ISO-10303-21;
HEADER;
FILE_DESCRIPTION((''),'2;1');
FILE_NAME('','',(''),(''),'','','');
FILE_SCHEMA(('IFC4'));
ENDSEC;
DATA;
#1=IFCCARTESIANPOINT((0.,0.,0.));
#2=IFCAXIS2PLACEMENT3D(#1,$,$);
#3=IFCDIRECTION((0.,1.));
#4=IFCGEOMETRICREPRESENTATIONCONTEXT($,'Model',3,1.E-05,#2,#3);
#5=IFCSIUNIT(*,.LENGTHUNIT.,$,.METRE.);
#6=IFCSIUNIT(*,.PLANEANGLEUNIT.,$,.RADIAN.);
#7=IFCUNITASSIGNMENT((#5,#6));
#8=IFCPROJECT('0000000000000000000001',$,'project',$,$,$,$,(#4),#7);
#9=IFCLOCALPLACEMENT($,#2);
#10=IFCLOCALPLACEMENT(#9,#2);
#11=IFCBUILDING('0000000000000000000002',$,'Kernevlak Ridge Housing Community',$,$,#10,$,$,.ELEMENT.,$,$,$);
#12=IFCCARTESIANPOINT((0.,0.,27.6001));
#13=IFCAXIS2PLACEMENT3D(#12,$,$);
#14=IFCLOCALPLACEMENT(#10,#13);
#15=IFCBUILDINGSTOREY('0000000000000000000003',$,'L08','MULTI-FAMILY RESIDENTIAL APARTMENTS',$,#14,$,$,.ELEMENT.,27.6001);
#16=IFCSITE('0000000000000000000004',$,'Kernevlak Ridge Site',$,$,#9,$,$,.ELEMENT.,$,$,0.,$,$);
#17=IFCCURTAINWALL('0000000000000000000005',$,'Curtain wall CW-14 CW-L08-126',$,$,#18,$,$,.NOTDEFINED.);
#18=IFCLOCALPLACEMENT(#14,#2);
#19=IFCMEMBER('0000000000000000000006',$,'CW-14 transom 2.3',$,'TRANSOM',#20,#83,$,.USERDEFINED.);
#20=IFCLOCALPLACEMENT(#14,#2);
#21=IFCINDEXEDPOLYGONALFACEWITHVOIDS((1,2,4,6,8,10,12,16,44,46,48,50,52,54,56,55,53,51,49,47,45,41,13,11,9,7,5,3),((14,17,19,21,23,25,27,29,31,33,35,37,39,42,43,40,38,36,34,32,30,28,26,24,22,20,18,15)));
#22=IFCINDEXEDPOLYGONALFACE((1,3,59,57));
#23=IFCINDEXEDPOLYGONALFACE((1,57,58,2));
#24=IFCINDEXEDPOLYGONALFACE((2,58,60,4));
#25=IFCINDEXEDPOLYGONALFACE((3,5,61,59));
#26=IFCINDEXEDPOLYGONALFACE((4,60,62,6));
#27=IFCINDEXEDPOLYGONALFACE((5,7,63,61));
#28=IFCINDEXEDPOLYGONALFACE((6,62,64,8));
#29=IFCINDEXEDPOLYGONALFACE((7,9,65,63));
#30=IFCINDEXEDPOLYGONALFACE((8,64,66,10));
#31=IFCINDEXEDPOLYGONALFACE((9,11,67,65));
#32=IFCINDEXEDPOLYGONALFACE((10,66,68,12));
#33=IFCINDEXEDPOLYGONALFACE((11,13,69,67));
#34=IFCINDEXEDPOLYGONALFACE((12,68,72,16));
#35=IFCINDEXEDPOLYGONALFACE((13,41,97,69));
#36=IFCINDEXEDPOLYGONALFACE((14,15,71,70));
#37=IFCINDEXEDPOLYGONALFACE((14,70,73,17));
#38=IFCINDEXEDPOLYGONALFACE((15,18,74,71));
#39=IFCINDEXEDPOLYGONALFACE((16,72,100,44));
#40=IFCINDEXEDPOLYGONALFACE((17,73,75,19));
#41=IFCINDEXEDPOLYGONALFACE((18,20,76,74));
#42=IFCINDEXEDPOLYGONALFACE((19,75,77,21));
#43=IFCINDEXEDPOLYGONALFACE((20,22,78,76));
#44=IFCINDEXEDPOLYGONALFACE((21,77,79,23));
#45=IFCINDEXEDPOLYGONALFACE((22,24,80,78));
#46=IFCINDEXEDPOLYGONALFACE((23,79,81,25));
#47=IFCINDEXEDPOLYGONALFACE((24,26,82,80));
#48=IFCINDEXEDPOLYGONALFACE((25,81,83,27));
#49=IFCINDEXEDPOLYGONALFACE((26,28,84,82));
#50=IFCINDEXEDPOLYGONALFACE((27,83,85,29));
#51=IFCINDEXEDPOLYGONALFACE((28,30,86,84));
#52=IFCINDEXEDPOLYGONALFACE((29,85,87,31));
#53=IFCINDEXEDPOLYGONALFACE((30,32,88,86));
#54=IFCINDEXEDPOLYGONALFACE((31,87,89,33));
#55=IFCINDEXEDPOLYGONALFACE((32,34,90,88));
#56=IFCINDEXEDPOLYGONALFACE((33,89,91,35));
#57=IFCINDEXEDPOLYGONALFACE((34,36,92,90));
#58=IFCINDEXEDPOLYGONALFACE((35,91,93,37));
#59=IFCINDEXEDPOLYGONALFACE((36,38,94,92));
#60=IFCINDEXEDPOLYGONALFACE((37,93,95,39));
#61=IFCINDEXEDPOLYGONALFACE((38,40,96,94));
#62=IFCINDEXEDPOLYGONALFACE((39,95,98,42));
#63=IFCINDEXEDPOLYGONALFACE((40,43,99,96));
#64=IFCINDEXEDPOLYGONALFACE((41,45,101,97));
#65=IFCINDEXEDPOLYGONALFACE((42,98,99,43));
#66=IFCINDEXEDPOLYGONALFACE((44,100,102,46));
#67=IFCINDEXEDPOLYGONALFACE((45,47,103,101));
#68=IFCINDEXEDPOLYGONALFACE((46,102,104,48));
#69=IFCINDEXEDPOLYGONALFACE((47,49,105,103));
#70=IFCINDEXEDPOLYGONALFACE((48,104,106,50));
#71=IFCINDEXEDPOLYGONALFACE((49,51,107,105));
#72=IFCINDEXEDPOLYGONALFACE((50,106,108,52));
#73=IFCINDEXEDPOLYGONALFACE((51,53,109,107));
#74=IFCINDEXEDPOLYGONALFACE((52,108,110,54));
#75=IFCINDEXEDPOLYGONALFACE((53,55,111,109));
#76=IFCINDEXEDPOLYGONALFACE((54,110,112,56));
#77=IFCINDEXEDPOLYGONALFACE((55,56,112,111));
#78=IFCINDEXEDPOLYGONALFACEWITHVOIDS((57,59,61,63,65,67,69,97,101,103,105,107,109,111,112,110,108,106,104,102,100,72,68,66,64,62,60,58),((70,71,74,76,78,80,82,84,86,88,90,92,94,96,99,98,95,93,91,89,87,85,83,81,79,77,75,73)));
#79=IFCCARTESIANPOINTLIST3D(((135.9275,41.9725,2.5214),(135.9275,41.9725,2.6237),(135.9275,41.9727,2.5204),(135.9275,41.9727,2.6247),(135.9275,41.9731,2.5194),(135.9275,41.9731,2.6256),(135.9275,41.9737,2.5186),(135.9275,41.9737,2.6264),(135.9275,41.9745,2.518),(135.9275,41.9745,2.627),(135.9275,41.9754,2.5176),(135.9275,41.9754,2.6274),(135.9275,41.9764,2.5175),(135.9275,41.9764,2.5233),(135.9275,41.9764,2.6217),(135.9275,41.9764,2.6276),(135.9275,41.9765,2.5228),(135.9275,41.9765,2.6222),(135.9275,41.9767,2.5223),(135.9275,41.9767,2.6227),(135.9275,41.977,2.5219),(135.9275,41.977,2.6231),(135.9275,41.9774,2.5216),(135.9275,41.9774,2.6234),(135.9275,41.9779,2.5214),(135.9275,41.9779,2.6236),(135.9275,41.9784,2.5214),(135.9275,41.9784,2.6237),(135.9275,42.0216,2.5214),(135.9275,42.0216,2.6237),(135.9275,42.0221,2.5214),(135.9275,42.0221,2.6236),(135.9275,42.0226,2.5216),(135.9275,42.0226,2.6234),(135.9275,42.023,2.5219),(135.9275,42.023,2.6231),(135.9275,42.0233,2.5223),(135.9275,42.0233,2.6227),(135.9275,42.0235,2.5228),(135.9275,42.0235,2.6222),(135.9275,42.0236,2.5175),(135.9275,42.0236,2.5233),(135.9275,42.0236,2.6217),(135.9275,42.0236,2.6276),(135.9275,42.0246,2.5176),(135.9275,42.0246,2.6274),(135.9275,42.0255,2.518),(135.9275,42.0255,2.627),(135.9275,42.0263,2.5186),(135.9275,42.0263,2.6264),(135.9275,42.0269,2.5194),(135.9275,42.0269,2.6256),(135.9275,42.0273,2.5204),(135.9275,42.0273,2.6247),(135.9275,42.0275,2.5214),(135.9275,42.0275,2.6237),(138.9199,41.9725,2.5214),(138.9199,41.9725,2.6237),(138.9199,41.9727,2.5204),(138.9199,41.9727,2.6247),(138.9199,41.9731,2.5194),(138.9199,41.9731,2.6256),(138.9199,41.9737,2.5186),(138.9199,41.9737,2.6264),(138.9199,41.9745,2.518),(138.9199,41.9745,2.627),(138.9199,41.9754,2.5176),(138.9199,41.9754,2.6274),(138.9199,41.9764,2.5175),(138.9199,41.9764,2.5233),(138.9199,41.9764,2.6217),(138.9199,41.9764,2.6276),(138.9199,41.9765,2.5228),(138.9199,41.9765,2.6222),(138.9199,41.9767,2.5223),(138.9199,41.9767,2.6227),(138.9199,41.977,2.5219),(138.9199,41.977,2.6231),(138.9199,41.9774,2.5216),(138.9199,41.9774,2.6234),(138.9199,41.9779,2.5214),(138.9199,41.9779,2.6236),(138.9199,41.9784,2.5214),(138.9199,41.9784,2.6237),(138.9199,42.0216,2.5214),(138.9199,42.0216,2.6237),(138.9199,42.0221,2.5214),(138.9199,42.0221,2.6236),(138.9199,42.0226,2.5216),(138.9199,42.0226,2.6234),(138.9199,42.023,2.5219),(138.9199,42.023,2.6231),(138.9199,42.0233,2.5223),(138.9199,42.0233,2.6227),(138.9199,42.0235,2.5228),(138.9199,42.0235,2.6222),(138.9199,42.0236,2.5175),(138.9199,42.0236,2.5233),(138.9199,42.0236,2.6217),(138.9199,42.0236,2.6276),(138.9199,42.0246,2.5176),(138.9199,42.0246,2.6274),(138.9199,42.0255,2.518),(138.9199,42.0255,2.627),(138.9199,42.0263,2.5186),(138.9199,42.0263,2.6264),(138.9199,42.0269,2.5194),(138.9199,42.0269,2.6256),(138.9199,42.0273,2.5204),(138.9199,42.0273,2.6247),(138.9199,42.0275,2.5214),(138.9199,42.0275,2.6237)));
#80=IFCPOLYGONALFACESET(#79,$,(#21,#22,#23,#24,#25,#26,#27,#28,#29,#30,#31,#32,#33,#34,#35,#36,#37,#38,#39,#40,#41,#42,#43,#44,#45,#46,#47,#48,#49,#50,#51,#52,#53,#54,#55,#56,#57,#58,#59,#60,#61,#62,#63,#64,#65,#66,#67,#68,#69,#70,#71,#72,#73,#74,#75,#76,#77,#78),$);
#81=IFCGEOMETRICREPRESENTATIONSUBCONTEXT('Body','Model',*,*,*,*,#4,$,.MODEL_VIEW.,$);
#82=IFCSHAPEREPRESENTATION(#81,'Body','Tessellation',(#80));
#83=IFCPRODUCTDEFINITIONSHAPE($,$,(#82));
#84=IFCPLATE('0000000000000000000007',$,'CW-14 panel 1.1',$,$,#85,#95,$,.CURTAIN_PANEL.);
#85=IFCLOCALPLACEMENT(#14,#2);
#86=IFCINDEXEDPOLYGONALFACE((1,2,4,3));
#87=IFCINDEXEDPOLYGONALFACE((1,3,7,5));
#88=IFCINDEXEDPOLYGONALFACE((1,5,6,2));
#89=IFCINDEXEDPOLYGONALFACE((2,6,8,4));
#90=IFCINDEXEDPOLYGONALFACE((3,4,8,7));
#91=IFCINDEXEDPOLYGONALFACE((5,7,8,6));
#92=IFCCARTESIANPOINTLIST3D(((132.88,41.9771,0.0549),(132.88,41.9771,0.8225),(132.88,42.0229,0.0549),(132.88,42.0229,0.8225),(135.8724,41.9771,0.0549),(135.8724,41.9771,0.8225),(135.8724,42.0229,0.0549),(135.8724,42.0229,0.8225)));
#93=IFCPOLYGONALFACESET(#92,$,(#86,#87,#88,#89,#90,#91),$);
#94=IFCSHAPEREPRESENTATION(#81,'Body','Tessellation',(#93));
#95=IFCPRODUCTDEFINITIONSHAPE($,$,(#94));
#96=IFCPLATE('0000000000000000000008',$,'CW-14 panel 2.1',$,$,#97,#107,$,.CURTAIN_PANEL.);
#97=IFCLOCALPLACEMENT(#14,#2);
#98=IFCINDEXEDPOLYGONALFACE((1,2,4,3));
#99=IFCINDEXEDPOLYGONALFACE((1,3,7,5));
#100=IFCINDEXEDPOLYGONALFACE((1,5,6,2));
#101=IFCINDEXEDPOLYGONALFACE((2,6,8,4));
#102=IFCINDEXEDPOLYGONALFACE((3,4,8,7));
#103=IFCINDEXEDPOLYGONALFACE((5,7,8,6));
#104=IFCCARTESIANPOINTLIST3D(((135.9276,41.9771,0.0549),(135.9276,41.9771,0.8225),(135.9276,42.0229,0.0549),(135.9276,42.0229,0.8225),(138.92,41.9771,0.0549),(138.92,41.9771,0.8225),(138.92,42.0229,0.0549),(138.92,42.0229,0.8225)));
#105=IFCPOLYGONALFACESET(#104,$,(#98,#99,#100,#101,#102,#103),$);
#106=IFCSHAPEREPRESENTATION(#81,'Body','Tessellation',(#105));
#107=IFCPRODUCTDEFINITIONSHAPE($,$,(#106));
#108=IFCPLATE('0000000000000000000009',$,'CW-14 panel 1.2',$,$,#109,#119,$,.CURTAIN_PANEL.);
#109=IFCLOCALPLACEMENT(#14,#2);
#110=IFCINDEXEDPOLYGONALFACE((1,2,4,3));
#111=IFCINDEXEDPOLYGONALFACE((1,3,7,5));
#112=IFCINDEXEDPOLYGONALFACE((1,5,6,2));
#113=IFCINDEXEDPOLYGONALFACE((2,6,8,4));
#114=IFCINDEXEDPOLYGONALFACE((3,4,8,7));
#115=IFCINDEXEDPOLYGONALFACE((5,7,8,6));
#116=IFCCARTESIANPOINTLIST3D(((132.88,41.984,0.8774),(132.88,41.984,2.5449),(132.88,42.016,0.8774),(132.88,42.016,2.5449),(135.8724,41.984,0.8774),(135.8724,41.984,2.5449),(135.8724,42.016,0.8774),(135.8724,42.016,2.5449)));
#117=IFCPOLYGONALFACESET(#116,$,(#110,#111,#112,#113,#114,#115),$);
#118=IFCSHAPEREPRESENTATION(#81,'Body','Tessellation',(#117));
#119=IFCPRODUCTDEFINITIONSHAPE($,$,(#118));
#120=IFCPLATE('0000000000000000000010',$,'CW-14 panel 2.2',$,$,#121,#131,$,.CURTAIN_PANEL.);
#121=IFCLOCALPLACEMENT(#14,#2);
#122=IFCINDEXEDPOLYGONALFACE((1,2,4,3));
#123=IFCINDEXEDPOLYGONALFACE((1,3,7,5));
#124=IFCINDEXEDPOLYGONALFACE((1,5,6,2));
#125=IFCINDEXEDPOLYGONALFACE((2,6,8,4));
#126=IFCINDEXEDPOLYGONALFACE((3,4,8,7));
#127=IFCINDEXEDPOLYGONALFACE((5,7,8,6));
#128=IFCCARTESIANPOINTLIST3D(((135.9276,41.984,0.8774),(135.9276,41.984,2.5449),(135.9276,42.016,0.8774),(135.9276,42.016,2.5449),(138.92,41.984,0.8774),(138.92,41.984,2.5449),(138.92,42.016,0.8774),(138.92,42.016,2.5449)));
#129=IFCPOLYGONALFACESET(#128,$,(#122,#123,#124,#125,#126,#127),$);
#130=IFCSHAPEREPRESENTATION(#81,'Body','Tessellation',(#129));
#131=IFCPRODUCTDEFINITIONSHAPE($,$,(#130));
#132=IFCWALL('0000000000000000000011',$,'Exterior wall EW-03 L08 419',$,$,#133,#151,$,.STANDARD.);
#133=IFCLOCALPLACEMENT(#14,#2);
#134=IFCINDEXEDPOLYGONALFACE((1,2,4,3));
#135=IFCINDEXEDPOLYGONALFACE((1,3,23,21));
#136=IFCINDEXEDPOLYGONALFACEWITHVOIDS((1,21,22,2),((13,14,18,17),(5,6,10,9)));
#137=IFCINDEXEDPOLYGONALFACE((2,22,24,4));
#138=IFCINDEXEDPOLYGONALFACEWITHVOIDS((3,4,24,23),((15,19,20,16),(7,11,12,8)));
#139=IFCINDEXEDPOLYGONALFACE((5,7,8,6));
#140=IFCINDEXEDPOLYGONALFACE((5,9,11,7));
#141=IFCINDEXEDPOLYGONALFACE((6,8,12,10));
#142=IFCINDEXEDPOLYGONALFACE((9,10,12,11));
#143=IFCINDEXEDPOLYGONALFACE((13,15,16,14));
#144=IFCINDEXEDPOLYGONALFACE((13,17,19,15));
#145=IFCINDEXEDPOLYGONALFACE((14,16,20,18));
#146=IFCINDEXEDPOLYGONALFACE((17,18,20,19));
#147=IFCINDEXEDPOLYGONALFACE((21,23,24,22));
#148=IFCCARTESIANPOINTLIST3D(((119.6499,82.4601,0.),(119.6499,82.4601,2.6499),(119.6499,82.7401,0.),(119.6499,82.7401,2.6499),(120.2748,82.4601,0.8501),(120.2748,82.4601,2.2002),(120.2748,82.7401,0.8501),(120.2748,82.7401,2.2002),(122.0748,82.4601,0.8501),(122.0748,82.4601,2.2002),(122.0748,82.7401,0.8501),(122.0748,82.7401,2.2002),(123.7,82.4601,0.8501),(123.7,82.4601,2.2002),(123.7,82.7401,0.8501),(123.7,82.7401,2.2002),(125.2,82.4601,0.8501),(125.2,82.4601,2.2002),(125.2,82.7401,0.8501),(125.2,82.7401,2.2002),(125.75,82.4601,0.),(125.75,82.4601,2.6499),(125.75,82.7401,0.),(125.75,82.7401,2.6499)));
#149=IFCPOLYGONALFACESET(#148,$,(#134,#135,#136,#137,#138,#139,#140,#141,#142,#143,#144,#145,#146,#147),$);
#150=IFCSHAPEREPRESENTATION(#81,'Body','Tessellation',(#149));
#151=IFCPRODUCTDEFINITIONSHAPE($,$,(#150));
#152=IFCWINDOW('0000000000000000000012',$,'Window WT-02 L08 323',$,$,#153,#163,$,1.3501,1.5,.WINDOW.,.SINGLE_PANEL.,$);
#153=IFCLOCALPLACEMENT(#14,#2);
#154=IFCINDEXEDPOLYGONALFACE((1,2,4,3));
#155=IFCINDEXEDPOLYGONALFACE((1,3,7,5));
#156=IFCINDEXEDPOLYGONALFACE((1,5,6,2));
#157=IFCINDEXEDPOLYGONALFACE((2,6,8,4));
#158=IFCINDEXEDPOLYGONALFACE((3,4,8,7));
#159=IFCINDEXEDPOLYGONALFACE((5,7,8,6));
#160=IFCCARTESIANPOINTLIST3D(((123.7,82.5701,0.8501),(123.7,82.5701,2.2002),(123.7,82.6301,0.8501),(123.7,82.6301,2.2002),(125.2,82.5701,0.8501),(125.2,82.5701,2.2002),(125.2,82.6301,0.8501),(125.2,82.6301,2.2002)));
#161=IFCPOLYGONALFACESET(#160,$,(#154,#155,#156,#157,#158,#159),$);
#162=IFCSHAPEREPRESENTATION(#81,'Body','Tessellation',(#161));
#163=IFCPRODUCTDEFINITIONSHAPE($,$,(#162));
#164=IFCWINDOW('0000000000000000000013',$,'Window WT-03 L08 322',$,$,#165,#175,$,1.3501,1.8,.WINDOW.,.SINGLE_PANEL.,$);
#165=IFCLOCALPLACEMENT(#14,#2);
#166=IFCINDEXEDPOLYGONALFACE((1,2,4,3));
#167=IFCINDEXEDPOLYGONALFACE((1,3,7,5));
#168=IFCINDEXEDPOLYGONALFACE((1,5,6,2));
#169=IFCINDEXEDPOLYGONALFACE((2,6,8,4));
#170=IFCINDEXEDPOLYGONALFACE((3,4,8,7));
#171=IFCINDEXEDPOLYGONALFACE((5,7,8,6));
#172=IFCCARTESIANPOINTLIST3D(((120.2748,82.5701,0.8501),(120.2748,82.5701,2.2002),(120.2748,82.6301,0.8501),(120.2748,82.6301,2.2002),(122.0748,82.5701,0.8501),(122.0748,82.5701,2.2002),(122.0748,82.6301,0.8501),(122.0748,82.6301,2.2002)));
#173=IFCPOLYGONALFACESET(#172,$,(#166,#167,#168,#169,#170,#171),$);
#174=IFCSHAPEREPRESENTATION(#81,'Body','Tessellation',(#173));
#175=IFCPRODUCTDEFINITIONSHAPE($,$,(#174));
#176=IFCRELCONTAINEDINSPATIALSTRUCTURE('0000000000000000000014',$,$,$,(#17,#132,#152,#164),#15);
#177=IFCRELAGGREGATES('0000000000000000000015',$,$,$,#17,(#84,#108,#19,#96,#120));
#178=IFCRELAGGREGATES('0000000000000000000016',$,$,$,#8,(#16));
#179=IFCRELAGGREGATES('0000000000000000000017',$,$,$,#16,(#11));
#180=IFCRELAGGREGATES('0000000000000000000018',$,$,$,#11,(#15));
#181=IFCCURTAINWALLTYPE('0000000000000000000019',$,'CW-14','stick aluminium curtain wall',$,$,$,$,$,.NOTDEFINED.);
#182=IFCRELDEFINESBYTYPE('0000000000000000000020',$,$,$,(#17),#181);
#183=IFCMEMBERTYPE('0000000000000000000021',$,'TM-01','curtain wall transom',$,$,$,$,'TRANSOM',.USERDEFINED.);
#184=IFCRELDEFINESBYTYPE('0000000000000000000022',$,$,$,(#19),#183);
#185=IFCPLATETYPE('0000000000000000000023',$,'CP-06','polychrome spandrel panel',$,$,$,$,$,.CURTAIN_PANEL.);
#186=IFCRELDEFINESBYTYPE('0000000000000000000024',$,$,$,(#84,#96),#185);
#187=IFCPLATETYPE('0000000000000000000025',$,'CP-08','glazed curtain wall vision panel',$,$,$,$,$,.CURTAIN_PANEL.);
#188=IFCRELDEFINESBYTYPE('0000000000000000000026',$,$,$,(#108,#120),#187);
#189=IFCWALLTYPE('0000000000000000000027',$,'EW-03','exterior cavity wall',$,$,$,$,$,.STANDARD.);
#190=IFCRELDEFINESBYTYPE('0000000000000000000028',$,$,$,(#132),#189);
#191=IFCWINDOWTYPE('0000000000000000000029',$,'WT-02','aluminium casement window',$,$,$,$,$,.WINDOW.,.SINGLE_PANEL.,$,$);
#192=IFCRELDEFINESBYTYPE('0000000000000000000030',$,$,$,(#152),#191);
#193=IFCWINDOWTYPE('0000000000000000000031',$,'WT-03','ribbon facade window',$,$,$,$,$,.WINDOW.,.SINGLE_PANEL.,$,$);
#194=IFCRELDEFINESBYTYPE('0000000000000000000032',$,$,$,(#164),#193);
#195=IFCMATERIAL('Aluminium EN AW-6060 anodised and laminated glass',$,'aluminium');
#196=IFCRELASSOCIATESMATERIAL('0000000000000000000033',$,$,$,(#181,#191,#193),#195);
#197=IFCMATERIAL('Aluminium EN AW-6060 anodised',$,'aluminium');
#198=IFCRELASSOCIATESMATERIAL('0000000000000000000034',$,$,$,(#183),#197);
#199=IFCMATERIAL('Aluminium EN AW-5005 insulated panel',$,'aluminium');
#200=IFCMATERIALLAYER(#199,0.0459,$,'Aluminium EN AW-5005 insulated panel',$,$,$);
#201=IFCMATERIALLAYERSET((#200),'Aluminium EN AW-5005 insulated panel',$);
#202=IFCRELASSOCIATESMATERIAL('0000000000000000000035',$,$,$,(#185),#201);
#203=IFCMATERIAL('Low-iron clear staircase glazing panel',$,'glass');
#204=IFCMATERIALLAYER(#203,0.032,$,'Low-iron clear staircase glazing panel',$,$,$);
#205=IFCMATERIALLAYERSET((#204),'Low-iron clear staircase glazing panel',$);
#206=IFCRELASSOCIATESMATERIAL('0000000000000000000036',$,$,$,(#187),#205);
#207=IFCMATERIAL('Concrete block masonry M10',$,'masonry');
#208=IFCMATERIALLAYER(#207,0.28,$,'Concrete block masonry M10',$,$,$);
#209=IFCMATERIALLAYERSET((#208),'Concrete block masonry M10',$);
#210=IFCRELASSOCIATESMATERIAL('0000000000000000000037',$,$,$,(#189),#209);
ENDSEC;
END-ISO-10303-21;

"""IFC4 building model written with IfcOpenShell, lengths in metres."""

from ifc_helpers import new_model, si_unit, direction, frame, frame_2d, origin, origin_2d, place, context, subcontext, project, spatial, rectangle, hollow_rectangle, extrude, material, layer, layer_set, material_profile, profile_set, type_object, element, fill, aggregate, save


model = new_model("IFC4")

# Units and contexts
model_context = context("Model", 3, precision=1e-05, world=origin(), true_north=direction((0.0, 1.0)))
body_context = subcontext(model_context, "Body", "Model", "MODEL_VIEW")
ifc_project = project(units=[si_unit("LENGTHUNIT", "METRE"), si_unit("PLANEANGLEUNIT", "RADIAN")], contexts=[model_context])

# Site, building, storey
site_placement = place(None, origin())
site = spatial("IfcSite", under=ifc_project, at=site_placement, Name="Kernevlak Ridge Site", CompositionType="ELEMENT", RefElevation=0.0)
building_placement = place(site_placement, origin())
building = spatial("IfcBuilding", under=site, at=building_placement, Name="Kernevlak Ridge Housing Community", CompositionType="ELEMENT")
storey_placement = place(building_placement, frame((0.0, 0.0, 27.6001)))
storey = spatial("IfcBuildingStorey", under=building, at=storey_placement, Name="L08", Description="MULTI-FAMILY RESIDENTIAL APARTMENTS", CompositionType="ELEMENT", Elevation=27.6001)

# Curtain wall
ifc_material_1 = material(Name="Aluminium EN AW-6060 anodised and laminated glass", Category="aluminium")
curtain_wall_type = type_object("IfcCurtainWallType", Name="CW-14", Description="stick aluminium curtain wall", PredefinedType="NOTDEFINED", material=ifc_material_1)
curtain_wall_placement = place(storey_placement, origin())
curtain_wall = element("IfcCurtainWall", 1, at=curtain_wall_placement, inside=storey, type_object=curtain_wall_type, Name="Curtain wall CW-14 CW-L08-126", PredefinedType="NOTDEFINED")
ifc_material_2 = material(Name="Aluminium EN AW-6060 anodised", Category="aluminium")

# Member
ifc_material_profile_1 = material_profile(ifc_material_2, hollow_rectangle(XDim=0.0549, YDim=0.1101, WallThickness=0.0039, InnerFilletRadius=0.002, OuterFilletRadius=0.0039, at=origin_2d()), Name="ALU 55x110x4")
ifc_profile_set_1 = profile_set([ifc_material_profile_1], Name="Aluminium EN AW-6060 anodised")
member_type_1 = type_object("IfcMemberType", Name="TM-01", Description="curtain wall transom", ElementType="TRANSOM", PredefinedType="USERDEFINED", material=ifc_profile_set_1)
member_1_placement = place(storey_placement, frame((135.9275, 42.0, 2.5725), z_axis=(1.0, 0.0, 0.0), x_axis=(0.0, 1.0, 0.0)))
member_1 = element("IfcMember", 2, at=member_1_placement, type_object=member_type_1, Name="CW-14 transom 2.3", ObjectType="TRANSOM", PredefinedType="USERDEFINED", context=body_context, shape_type="SweptSolid", body=[
    extrude(hollow_rectangle(XDim=0.0549, YDim=0.1101, WallThickness=0.0039, InnerFilletRadius=0.002, OuterFilletRadius=0.0039, at=origin_2d()), origin(), (0.0, 0.0, 1.0), 2.9924),
])

# Plates
ifc_material_3 = material(Name="Aluminium EN AW-5005 insulated panel", Category="aluminium")
ifc_layer_1 = layer(ifc_material_3, 0.0459, Name="Aluminium EN AW-5005 insulated panel")
ifc_layer_set_1 = layer_set([ifc_layer_1], Name="Aluminium EN AW-5005 insulated panel")
plate_type_1 = type_object("IfcPlateType", Name="CP-06", Description="polychrome spandrel panel", PredefinedType="CURTAIN_PANEL", material=ifc_layer_set_1)
plate_1_placement = place(storey_placement, frame((134.3762, 42.0, 0.0549), z_axis=(0.0, 0.0, 1.0), x_axis=(1.0, 0.0, 0.0)))
plate_1 = element("IfcPlate", 3, at=plate_1_placement, type_object=plate_type_1, Name="CW-14 panel 1.1", PredefinedType="CURTAIN_PANEL", context=body_context, shape_type="SweptSolid", body=[
    extrude(rectangle(XDim=2.9924, YDim=0.0459, at=origin_2d()), origin(), (0.0, 0.0, 1.0), 0.7676),
])
plate_2_placement = place(storey_placement, frame((137.4238, 42.0, 0.0549), z_axis=(0.0, 0.0, 1.0), x_axis=(1.0, 0.0, 0.0)))
plate_2 = element("IfcPlate", 4, at=plate_2_placement, type_object=plate_type_1, Name="CW-14 panel 2.1", PredefinedType="CURTAIN_PANEL", context=body_context, shape_type="SweptSolid", body=[
    extrude(rectangle(XDim=2.9924, YDim=0.0459, at=origin_2d()), origin(), (0.0, 0.0, 1.0), 0.7676),
])
ifc_material_4 = material(Name="Low-iron clear staircase glazing panel", Category="glass")
ifc_layer_2 = layer(ifc_material_4, 0.032, Name="Low-iron clear staircase glazing panel")
ifc_layer_set_2 = layer_set([ifc_layer_2], Name="Low-iron clear staircase glazing panel")
plate_type_2 = type_object("IfcPlateType", Name="CP-08", Description="glazed curtain wall vision panel", PredefinedType="CURTAIN_PANEL", material=ifc_layer_set_2)
plate_3_placement = place(storey_placement, frame((134.3762, 42.0, 0.8774), z_axis=(0.0, 0.0, 1.0), x_axis=(1.0, 0.0, 0.0)))
plate_3 = element("IfcPlate", 5, at=plate_3_placement, type_object=plate_type_2, Name="CW-14 panel 1.2", PredefinedType="CURTAIN_PANEL", context=body_context, shape_type="SweptSolid", body=[
    extrude(rectangle(XDim=2.9924, YDim=0.032, at=origin_2d()), origin(), (0.0, 0.0, 1.0), 1.6675),
])
plate_4_placement = place(storey_placement, frame((137.4238, 42.0, 0.8774), z_axis=(0.0, 0.0, 1.0), x_axis=(1.0, 0.0, 0.0)))
plate_4 = element("IfcPlate", 6, at=plate_4_placement, type_object=plate_type_2, Name="CW-14 panel 2.2", PredefinedType="CURTAIN_PANEL", context=body_context, shape_type="SweptSolid", body=[
    extrude(rectangle(XDim=2.9924, YDim=0.032, at=origin_2d()), origin(), (0.0, 0.0, 1.0), 1.6675),
])
aggregate(curtain_wall, [plate_1, plate_3, member_1, plate_2, plate_4])

# Wall, openings, windows
ifc_material_5 = material(Name="Concrete block masonry M10", Category="masonry")
ifc_layer_3 = layer(ifc_material_5, 0.28, Name="Concrete block masonry M10")
ifc_layer_set_3 = layer_set([ifc_layer_3], Name="Concrete block masonry M10")
wall_type = type_object("IfcWallType", Name="EW-03", Description="exterior cavity wall", PredefinedType="STANDARD", material=ifc_layer_set_3)
wall_1_placement = place(storey_placement, frame((119.6499, 82.6001, 0.0), z_axis=(0.0, 0.0, 1.0), x_axis=(1.0, 0.0, 0.0)))
wall_1 = element("IfcWall", 7, at=wall_1_placement, inside=storey, type_object=wall_type, Name="Exterior wall EW-03 L08 419", PredefinedType="STANDARD", context=body_context, shape_type="SweptSolid", body=[
    extrude(rectangle(XDim=6.1001, YDim=0.28, at=frame_2d((3.05, 0.0))), origin(), (0.0, 0.0, 1.0), 2.6499),
])
opening_1_placement = place(wall_1_placement, frame((0.625, 0.0, 0.8501)))
opening_1 = element("IfcOpeningElement", 8, at=opening_1_placement, cuts=wall_1, PredefinedType="OPENING", context=body_context, shape_type="SweptSolid", body=[
    extrude(rectangle(XDim=1.8, YDim=1.3501, at=frame_2d((0.8999, 0.675))), frame((0.0, 0.1499, 0.0), z_axis=(0.0, -1.0, 0.0), x_axis=(1.0, 0.0, 0.0)), (0.0, 0.0, 1.0), 0.3),
])
opening_2_placement = place(wall_1_placement, frame((4.05, 0.0, 0.8501)))
opening_2 = element("IfcOpeningElement", 9, at=opening_2_placement, cuts=wall_1, PredefinedType="OPENING", context=body_context, shape_type="SweptSolid", body=[
    extrude(rectangle(XDim=1.5, YDim=1.3501, at=frame_2d((0.75, 0.675))), frame((0.0, 0.1499, 0.0), z_axis=(0.0, -1.0, 0.0), x_axis=(1.0, 0.0, 0.0)), (0.0, 0.0, 1.0), 0.3),
])
window_type_1 = type_object("IfcWindowType", Name="WT-02", Description="aluminium casement window", PartitioningType="SINGLE_PANEL", PredefinedType="WINDOW", material=ifc_material_1)
window_1_placement = place(opening_2_placement, origin())
window_1 = element("IfcWindow", 10, at=window_1_placement, inside=storey, type_object=window_type_1, Name="Window WT-02 L08 323", OverallHeight=1.3501, OverallWidth=1.5, PartitioningType="SINGLE_PANEL", PredefinedType="WINDOW", context=body_context, shape_type="SweptSolid", body=[
    extrude(rectangle(XDim=1.5, YDim=1.3501, at=frame_2d((0.75, 0.675))), frame((0.0, 0.03, 0.0), z_axis=(0.0, -1.0, 0.0), x_axis=(1.0, 0.0, 0.0)), (0.0, 0.0, 1.0), 0.0601),
])
fill(opening_2, window_1)
window_type_2 = type_object("IfcWindowType", Name="WT-03", Description="ribbon facade window", PartitioningType="SINGLE_PANEL", PredefinedType="WINDOW", material=ifc_material_1)
window_2_placement = place(opening_1_placement, origin())
window_2 = element("IfcWindow", 11, at=window_2_placement, inside=storey, type_object=window_type_2, Name="Window WT-03 L08 322", OverallHeight=1.3501, OverallWidth=1.8, PartitioningType="SINGLE_PANEL", PredefinedType="WINDOW", context=body_context, shape_type="SweptSolid", body=[
    extrude(rectangle(XDim=1.8, YDim=1.3501, at=frame_2d((0.8999, 0.675))), frame((0.0, 0.03, 0.0), z_axis=(0.0, -1.0, 0.0), x_axis=(1.0, 0.0, 0.0)), (0.0, 0.0, 1.0), 0.0601),
])
fill(opening_1, window_2)

save(model, "model.ifc")
